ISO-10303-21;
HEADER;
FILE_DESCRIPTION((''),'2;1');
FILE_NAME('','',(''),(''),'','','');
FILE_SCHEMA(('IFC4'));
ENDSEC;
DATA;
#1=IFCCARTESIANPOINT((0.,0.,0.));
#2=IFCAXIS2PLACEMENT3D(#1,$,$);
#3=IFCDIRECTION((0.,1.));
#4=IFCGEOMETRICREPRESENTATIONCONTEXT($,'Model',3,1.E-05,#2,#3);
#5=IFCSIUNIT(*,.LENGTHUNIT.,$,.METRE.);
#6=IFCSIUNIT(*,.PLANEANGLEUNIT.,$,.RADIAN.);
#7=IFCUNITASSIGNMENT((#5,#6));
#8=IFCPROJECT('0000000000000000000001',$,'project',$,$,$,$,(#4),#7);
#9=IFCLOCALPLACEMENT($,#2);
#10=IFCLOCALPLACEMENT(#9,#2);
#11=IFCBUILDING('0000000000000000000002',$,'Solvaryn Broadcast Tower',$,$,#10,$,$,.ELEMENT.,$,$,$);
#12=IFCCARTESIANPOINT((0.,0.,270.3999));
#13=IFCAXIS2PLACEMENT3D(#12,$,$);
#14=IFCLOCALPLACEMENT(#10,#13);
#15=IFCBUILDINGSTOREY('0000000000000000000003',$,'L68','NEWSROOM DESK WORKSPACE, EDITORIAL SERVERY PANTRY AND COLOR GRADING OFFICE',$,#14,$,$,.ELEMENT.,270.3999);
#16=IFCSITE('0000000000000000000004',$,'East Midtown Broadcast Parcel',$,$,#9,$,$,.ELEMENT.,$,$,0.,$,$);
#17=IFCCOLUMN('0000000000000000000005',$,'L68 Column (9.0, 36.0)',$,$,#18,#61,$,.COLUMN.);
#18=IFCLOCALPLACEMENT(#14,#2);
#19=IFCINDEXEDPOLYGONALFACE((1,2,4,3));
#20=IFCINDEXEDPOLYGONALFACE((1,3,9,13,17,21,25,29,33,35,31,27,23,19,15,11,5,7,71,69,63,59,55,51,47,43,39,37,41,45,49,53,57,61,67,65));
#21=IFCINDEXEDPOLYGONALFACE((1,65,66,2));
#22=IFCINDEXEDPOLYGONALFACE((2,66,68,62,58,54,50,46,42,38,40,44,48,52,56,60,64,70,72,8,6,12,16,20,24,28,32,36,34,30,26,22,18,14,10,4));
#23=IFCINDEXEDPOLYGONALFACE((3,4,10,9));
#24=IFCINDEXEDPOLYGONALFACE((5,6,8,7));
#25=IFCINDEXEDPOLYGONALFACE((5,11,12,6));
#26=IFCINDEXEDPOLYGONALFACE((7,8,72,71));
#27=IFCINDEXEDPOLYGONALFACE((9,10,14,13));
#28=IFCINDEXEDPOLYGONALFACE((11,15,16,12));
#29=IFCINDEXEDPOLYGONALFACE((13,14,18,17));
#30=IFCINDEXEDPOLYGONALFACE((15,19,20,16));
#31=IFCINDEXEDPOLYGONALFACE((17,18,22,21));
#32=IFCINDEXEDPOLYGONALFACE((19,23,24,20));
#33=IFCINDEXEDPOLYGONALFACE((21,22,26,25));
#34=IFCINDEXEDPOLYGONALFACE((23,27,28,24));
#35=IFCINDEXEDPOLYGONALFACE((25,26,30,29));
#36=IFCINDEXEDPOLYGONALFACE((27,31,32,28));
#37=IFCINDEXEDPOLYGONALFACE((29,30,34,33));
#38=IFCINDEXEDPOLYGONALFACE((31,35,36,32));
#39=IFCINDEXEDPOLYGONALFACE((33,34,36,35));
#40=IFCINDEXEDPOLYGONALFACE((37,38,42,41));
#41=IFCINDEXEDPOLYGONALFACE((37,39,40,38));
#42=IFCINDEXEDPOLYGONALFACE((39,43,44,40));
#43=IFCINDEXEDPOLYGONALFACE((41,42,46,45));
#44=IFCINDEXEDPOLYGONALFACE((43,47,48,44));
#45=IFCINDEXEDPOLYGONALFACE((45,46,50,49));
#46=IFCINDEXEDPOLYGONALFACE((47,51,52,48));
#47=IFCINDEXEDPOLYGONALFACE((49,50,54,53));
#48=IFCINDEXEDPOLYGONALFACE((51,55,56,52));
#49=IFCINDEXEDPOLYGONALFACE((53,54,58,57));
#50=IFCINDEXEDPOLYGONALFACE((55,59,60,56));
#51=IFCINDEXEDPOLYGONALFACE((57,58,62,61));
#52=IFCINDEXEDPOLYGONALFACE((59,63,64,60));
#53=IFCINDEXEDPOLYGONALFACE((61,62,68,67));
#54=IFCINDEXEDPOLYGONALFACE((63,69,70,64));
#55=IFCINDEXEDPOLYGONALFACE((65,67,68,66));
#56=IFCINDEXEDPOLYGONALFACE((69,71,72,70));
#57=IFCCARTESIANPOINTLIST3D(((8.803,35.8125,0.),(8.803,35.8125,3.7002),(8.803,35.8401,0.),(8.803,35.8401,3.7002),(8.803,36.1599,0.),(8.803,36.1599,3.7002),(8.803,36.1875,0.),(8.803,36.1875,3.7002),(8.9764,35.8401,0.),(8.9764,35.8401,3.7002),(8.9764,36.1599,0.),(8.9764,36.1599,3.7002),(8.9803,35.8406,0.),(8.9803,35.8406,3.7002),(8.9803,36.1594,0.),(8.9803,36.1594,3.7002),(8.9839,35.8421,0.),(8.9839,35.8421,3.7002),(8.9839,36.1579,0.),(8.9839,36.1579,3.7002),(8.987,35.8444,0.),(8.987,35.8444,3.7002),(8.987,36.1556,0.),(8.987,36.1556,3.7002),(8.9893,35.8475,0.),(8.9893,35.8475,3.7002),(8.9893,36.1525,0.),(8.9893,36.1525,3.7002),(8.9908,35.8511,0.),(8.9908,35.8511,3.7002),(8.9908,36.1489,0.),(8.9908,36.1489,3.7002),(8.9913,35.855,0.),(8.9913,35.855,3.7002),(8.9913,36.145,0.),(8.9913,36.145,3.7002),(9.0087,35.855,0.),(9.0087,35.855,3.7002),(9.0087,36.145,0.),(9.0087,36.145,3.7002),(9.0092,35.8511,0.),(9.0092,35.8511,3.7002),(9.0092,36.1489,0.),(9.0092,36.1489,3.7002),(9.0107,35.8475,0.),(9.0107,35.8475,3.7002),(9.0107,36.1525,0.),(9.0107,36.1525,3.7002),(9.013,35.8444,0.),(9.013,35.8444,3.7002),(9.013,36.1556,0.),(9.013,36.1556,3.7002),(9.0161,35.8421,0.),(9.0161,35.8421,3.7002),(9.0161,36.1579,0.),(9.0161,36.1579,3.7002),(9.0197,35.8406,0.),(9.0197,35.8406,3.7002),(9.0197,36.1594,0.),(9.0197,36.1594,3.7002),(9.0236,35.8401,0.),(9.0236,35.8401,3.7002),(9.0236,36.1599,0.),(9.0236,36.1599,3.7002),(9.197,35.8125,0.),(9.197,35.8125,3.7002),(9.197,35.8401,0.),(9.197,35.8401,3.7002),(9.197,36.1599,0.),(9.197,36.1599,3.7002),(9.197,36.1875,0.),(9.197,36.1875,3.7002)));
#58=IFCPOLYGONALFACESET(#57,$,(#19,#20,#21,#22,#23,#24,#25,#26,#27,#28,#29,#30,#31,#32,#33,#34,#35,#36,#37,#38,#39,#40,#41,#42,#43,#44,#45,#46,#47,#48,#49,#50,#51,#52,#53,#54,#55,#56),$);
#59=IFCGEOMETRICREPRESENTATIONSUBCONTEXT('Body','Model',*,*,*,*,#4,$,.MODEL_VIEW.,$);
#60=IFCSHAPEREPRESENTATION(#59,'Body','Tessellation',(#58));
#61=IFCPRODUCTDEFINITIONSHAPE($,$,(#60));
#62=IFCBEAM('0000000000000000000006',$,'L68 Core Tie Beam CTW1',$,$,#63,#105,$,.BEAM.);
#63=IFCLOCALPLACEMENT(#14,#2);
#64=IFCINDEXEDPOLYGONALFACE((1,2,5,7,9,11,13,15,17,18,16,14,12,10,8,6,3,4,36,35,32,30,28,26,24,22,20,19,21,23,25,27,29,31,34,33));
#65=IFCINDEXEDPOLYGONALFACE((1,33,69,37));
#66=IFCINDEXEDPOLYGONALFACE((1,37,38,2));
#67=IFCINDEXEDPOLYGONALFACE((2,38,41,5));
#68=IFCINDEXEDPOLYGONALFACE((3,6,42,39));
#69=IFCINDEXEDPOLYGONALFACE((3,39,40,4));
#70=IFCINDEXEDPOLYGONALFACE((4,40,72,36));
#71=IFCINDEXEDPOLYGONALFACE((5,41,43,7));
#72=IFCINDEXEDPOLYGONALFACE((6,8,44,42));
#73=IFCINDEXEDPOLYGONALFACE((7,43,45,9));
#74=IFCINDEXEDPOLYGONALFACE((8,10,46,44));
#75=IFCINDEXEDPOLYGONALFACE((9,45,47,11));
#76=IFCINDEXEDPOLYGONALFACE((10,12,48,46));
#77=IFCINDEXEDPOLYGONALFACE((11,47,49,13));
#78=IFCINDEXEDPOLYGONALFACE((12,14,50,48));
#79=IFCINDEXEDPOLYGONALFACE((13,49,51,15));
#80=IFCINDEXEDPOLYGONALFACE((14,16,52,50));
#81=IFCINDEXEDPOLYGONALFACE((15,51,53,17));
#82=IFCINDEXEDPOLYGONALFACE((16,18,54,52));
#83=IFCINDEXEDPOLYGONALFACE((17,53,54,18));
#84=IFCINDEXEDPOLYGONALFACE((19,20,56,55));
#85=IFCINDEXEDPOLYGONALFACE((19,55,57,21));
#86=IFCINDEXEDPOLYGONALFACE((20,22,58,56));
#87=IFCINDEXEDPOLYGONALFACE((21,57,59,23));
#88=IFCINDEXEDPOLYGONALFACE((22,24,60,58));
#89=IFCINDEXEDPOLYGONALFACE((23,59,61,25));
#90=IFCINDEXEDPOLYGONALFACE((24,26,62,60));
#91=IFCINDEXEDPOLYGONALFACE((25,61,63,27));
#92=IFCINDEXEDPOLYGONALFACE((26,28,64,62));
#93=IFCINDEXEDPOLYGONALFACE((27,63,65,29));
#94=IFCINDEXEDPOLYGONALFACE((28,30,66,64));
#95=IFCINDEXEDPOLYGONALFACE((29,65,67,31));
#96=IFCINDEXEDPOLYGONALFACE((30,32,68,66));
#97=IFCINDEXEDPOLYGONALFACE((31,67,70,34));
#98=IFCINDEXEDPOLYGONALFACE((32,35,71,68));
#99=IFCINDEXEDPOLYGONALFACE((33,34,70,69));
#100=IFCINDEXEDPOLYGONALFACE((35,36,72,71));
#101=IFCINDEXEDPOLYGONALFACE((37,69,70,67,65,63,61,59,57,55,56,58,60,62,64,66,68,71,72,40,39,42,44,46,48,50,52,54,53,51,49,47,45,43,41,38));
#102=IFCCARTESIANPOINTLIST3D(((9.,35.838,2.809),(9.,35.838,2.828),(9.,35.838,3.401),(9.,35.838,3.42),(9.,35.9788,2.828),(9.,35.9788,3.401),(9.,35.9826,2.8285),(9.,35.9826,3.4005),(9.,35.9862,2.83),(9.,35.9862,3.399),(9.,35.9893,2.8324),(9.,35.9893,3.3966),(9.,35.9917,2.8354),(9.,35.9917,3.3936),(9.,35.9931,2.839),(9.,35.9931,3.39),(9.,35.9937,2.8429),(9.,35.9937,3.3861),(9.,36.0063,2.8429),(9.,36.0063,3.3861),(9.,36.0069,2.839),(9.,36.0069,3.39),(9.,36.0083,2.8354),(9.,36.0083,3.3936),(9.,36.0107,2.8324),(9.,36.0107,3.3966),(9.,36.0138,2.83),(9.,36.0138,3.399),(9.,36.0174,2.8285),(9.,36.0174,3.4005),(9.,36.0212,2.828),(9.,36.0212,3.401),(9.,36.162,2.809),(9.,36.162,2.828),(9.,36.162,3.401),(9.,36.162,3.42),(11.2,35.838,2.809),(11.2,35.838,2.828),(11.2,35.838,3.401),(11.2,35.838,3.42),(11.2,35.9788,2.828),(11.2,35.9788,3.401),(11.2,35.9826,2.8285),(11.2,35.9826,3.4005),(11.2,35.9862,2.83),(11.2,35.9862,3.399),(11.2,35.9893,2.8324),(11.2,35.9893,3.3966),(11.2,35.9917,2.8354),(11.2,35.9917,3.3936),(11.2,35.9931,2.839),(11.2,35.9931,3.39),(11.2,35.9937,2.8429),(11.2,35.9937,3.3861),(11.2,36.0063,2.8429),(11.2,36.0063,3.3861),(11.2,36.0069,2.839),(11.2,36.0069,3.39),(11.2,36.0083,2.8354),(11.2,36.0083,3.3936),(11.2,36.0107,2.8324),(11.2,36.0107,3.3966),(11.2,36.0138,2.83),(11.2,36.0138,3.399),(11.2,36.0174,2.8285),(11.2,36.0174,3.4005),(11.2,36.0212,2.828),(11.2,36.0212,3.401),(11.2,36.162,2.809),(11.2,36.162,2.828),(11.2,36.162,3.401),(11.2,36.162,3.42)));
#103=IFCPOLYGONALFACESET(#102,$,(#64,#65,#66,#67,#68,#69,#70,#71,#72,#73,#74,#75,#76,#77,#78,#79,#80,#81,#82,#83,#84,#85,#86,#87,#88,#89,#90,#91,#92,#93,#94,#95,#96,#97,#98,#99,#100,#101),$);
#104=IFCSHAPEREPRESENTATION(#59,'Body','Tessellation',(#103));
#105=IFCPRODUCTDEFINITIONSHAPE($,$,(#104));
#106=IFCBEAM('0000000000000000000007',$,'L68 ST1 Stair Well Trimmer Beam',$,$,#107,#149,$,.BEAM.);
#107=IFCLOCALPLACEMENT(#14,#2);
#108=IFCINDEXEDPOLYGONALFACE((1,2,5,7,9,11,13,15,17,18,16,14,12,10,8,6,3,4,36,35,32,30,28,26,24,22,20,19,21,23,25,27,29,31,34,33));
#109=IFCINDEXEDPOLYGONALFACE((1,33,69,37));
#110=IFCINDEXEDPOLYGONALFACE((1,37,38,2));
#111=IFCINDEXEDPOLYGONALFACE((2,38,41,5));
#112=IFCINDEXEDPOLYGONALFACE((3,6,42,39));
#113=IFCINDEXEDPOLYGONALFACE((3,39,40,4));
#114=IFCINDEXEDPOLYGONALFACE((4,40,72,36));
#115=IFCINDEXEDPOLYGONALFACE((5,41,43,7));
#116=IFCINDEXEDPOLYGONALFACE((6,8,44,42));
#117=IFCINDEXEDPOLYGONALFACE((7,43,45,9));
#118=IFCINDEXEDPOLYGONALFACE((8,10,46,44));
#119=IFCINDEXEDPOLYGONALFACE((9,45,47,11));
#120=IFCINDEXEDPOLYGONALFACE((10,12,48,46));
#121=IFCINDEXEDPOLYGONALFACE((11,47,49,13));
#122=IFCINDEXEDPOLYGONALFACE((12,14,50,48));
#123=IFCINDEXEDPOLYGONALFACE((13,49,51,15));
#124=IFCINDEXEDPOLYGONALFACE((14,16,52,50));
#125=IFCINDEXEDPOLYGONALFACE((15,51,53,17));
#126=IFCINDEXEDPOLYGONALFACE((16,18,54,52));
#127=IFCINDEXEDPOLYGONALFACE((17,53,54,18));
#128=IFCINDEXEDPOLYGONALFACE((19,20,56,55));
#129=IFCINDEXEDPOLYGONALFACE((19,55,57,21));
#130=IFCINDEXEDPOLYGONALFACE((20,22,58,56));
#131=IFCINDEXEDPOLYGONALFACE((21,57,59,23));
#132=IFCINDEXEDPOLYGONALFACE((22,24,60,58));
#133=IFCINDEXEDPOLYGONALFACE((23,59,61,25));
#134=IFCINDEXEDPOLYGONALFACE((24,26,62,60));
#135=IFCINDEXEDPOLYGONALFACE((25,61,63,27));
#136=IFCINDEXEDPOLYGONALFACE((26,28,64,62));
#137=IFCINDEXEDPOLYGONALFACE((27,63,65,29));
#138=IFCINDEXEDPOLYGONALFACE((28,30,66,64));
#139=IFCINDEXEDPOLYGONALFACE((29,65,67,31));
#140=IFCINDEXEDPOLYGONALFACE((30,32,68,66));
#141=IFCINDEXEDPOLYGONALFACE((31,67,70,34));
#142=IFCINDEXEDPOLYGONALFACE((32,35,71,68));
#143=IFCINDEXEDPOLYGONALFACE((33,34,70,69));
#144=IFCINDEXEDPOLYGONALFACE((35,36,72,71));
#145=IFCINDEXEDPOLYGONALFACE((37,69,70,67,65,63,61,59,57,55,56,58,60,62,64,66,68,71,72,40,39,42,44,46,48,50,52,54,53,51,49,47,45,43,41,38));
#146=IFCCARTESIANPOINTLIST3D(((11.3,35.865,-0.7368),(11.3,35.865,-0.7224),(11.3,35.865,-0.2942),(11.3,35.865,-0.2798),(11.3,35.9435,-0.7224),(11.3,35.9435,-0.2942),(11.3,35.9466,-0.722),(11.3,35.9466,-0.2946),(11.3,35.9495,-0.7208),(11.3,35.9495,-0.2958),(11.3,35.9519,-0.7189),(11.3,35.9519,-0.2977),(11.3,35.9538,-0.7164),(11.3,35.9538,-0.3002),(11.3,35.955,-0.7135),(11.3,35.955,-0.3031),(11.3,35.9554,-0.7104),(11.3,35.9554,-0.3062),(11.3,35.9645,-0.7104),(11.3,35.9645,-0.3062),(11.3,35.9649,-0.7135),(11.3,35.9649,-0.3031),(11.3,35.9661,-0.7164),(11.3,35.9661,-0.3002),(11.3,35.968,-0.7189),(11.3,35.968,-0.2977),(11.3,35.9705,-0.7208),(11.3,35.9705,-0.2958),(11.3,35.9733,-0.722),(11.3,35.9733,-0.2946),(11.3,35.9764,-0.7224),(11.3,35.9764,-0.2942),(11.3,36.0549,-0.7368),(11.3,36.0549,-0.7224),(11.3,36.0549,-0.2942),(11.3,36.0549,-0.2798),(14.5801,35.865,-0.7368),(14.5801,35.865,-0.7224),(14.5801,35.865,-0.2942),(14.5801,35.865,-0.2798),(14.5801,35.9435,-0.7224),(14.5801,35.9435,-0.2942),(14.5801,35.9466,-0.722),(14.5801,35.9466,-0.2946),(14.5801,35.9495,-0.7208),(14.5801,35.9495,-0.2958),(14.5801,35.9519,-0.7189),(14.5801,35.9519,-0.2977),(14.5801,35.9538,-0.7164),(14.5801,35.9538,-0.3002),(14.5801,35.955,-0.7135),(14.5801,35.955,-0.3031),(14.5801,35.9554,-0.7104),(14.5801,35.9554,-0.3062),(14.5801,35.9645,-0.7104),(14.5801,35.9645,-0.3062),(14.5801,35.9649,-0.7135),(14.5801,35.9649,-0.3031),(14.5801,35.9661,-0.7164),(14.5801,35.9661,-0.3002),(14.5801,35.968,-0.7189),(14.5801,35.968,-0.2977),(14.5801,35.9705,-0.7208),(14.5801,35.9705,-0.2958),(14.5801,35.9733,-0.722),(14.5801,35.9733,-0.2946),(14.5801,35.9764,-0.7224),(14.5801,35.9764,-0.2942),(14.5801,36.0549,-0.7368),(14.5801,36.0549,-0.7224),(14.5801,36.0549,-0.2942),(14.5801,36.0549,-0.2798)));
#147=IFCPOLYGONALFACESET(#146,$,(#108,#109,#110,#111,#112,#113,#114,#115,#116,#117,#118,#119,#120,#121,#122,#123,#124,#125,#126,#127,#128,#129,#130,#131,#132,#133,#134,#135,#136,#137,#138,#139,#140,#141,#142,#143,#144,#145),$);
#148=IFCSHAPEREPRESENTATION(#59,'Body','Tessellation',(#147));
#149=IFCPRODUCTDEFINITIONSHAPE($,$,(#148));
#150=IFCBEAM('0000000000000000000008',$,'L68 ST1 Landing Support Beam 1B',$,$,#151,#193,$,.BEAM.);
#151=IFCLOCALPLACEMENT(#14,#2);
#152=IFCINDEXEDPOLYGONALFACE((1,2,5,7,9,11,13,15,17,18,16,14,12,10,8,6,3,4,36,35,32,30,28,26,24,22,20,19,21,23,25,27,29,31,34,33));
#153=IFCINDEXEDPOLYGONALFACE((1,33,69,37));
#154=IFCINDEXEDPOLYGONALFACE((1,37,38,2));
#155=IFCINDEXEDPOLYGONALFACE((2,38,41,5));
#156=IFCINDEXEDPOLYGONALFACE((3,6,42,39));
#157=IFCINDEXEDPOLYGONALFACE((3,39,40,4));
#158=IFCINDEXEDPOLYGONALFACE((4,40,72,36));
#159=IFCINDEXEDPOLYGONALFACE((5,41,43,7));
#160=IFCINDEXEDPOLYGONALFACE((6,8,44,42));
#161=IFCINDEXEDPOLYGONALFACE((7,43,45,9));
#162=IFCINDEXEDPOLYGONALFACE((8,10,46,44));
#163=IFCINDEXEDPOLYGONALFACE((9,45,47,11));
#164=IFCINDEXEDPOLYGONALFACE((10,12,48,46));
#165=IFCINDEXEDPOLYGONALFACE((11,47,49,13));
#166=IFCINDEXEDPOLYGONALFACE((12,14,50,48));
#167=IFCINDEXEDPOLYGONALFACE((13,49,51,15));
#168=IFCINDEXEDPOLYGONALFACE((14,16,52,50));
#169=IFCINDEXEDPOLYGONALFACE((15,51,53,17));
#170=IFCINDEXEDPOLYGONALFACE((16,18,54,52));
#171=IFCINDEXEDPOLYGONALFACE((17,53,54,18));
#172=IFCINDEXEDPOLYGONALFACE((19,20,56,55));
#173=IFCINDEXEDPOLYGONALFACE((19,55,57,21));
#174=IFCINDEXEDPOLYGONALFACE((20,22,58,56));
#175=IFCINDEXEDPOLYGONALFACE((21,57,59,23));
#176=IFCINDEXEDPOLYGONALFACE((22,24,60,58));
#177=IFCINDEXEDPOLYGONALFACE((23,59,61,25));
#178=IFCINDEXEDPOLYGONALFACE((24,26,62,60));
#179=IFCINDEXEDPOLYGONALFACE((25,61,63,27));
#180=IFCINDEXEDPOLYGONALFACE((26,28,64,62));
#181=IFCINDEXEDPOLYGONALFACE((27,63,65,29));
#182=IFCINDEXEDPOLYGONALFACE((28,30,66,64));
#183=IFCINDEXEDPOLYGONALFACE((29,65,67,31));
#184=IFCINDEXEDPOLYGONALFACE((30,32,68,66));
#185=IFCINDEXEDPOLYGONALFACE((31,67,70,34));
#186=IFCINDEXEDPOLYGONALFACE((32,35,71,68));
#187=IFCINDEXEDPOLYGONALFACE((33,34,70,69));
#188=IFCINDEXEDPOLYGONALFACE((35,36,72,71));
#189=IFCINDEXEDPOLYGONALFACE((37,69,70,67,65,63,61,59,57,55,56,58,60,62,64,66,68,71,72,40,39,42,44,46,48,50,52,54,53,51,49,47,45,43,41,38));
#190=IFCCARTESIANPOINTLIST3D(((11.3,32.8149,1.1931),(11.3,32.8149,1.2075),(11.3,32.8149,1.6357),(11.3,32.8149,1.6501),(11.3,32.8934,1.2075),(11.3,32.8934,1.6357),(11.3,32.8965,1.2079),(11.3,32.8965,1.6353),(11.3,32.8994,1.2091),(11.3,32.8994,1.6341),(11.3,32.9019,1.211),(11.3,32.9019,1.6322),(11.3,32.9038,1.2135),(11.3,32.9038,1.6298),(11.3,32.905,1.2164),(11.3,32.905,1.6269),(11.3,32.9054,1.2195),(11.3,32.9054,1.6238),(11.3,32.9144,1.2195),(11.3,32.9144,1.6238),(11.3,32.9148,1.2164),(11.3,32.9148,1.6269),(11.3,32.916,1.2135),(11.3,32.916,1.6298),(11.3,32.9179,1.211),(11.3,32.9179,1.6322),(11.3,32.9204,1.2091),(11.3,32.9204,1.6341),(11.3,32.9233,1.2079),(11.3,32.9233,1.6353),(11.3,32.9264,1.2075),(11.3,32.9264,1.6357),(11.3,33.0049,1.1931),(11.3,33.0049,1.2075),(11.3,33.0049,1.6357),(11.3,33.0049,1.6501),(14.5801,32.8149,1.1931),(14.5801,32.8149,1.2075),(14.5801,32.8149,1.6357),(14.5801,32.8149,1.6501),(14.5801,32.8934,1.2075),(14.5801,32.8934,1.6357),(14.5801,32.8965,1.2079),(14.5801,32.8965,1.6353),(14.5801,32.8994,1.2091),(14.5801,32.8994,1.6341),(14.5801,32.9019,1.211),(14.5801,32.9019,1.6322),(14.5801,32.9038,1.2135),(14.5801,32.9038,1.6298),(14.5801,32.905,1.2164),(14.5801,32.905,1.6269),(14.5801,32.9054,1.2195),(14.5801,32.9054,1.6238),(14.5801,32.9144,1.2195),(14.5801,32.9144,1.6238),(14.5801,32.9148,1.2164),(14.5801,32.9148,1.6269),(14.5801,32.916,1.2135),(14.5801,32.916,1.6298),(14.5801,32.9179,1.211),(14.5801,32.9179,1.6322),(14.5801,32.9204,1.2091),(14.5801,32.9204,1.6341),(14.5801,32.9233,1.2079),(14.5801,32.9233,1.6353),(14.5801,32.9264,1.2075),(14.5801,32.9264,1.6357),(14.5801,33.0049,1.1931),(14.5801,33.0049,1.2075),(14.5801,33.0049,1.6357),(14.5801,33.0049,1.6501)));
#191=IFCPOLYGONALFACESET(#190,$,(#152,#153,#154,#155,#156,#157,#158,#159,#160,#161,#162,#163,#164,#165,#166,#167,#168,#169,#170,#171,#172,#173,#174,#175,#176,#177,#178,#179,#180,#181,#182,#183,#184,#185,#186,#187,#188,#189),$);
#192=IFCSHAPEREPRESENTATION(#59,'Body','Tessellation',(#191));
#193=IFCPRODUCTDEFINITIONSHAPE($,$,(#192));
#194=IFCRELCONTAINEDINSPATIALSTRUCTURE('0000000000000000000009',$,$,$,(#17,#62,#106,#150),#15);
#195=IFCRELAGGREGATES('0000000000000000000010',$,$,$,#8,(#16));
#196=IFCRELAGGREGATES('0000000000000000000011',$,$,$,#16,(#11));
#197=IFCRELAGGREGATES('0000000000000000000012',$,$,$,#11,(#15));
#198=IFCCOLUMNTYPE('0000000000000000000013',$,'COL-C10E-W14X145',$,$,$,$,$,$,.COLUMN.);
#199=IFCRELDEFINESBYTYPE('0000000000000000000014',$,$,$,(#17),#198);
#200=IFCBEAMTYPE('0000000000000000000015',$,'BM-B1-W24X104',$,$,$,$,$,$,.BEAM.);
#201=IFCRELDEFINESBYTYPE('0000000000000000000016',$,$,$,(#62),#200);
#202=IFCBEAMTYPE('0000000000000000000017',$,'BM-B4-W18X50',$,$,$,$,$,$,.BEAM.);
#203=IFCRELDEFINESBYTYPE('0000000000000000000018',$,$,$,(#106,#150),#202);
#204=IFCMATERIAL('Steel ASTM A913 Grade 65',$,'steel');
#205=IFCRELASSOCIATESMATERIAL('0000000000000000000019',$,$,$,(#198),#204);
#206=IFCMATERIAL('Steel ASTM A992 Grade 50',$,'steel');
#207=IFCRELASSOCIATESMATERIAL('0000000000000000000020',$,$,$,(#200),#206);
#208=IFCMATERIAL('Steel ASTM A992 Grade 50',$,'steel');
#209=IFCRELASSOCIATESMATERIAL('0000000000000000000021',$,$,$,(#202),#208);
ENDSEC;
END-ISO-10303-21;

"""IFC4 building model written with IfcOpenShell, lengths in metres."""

from ifc_helpers import new_model, si_unit, direction, frame, origin, origin_2d, place, context, subcontext, project, spatial, i_section, extrude, material, material_profile, profile_set, type_object, element, save


model = new_model("IFC4")

# Units and contexts
model_context = context("Model", 3, precision=1e-05, world=origin(), true_north=direction((0.0, 1.0)))
body_context = subcontext(model_context, "Body", "Model", "MODEL_VIEW")
ifc_project = project(units=[si_unit("LENGTHUNIT", "METRE"), si_unit("PLANEANGLEUNIT", "RADIAN")], contexts=[model_context])

# Site, building, storey
site_placement = place(None, origin())
site = spatial("IfcSite", under=ifc_project, at=site_placement, Name="East Midtown Broadcast Parcel", CompositionType="ELEMENT", RefElevation=0.0)
building_placement = place(site_placement, origin())
building = spatial("IfcBuilding", under=site, at=building_placement, Name="Solvaryn Broadcast Tower", CompositionType="ELEMENT")
storey_placement = place(building_placement, frame((0.0, 0.0, 270.3999)))
storey = spatial("IfcBuildingStorey", under=building, at=storey_placement, Name="L68", Description="NEWSROOM DESK WORKSPACE, EDITORIAL SERVERY PANTRY AND COLOR GRADING OFFICE", CompositionType="ELEMENT", Elevation=270.3999)

# Column
ifc_material_1 = material(Name="Steel ASTM A913 Grade 65", Category="steel")
ifc_material_profile_1 = material_profile(ifc_material_1, i_section(OverallWidth=0.394, OverallDepth=0.375, WebThickness=0.0173, FlangeThickness=0.0276, FilletRadius=0.0149, at=origin_2d()))
ifc_profile_set_1 = profile_set([ifc_material_profile_1], Name="Steel ASTM A913 Grade 65")
column_type = type_object("IfcColumnType", Name="COL-C10E-W14X145", PredefinedType="COLUMN", material=ifc_profile_set_1)
column_placement = place(storey_placement, frame((9.0, 36.0, 0.0), z_axis=(0.0, 0.0, 1.0), x_axis=(1.0, 0.0, 0.0)))
element("IfcColumn", 1, at=column_placement, inside=storey, type_object=column_type, Name="L68 Column (9.0, 36.0)", PredefinedType="COLUMN", context=body_context, shape_type="SweptSolid", body=[
    extrude(i_section(OverallWidth=0.394, OverallDepth=0.375, WebThickness=0.0173, FlangeThickness=0.0276, FilletRadius=0.0149, at=origin_2d()), origin(), (0.0, 0.0, 1.0), 3.7002),
])

# Beams
ifc_material_2 = material(Name="Steel ASTM A992 Grade 50", Category="steel")
ifc_material_profile_2 = material_profile(ifc_material_2, i_section(OverallWidth=0.324, OverallDepth=0.6111, WebThickness=0.0127, FlangeThickness=0.019, FilletRadius=0.0149, at=origin_2d()))
ifc_profile_set_2 = profile_set([ifc_material_profile_2], Name="Steel ASTM A992 Grade 50")
beam_type_1 = type_object("IfcBeamType", Name="BM-B1-W24X104", PredefinedType="BEAM", material=ifc_profile_set_2)
beam_1_placement = place(storey_placement, frame((9.0, 36.0, 3.1145), z_axis=(1.0, 0.0, 0.0), x_axis=(0.0, 1.0, 0.0)))
element("IfcBeam", 2, at=beam_1_placement, inside=storey, type_object=beam_type_1, Name="L68 Core Tie Beam CTW1", PredefinedType="BEAM", context=body_context, shape_type="SweptSolid", body=[
    extrude(i_section(OverallWidth=0.324, OverallDepth=0.6111, WebThickness=0.0127, FlangeThickness=0.019, FilletRadius=0.0149, at=origin_2d()), origin(), (0.0, 0.0, 1.0), 2.2),
])
ifc_material_3 = material(Name="Steel ASTM A992 Grade 50", Category="steel")
ifc_material_profile_3 = material_profile(ifc_material_3, i_section(OverallWidth=0.1899, OverallDepth=0.457, WebThickness=0.009, FlangeThickness=0.0144, FilletRadius=0.012, at=origin_2d()))
ifc_profile_set_3 = profile_set([ifc_material_profile_3], Name="Steel ASTM A992 Grade 50")
beam_type_2 = type_object("IfcBeamType", Name="BM-B4-W18X50", PredefinedType="BEAM", material=ifc_profile_set_3)
for number, where, z_axis, x_axis, name in (
    (3, (11.3, 35.96, -0.5083), (1.0, 0.0, 0.0), (0.0, 1.0, 0.0), "L68 ST1 Stair Well Trimmer Beam"),
    (4, (11.3, 32.9099, 1.4216), (1.0, 0.0, 0.0), (0.0, 1.0, 0.0), "L68 ST1 Landing Support Beam 1B"),
):
    element("IfcBeam", number, at=place(storey_placement, frame(where, z_axis=z_axis, x_axis=x_axis)), inside=storey, type_object=beam_type_2, Name=name, PredefinedType="BEAM", context=body_context, shape_type="SweptSolid", body=[
        extrude(i_section(OverallWidth=0.1899, OverallDepth=0.457, WebThickness=0.009, FlangeThickness=0.0144, FilletRadius=0.012, at=origin_2d()), origin(), (0.0, 0.0, 1.0), 3.28),
    ])

save(model, "model.ifc")
